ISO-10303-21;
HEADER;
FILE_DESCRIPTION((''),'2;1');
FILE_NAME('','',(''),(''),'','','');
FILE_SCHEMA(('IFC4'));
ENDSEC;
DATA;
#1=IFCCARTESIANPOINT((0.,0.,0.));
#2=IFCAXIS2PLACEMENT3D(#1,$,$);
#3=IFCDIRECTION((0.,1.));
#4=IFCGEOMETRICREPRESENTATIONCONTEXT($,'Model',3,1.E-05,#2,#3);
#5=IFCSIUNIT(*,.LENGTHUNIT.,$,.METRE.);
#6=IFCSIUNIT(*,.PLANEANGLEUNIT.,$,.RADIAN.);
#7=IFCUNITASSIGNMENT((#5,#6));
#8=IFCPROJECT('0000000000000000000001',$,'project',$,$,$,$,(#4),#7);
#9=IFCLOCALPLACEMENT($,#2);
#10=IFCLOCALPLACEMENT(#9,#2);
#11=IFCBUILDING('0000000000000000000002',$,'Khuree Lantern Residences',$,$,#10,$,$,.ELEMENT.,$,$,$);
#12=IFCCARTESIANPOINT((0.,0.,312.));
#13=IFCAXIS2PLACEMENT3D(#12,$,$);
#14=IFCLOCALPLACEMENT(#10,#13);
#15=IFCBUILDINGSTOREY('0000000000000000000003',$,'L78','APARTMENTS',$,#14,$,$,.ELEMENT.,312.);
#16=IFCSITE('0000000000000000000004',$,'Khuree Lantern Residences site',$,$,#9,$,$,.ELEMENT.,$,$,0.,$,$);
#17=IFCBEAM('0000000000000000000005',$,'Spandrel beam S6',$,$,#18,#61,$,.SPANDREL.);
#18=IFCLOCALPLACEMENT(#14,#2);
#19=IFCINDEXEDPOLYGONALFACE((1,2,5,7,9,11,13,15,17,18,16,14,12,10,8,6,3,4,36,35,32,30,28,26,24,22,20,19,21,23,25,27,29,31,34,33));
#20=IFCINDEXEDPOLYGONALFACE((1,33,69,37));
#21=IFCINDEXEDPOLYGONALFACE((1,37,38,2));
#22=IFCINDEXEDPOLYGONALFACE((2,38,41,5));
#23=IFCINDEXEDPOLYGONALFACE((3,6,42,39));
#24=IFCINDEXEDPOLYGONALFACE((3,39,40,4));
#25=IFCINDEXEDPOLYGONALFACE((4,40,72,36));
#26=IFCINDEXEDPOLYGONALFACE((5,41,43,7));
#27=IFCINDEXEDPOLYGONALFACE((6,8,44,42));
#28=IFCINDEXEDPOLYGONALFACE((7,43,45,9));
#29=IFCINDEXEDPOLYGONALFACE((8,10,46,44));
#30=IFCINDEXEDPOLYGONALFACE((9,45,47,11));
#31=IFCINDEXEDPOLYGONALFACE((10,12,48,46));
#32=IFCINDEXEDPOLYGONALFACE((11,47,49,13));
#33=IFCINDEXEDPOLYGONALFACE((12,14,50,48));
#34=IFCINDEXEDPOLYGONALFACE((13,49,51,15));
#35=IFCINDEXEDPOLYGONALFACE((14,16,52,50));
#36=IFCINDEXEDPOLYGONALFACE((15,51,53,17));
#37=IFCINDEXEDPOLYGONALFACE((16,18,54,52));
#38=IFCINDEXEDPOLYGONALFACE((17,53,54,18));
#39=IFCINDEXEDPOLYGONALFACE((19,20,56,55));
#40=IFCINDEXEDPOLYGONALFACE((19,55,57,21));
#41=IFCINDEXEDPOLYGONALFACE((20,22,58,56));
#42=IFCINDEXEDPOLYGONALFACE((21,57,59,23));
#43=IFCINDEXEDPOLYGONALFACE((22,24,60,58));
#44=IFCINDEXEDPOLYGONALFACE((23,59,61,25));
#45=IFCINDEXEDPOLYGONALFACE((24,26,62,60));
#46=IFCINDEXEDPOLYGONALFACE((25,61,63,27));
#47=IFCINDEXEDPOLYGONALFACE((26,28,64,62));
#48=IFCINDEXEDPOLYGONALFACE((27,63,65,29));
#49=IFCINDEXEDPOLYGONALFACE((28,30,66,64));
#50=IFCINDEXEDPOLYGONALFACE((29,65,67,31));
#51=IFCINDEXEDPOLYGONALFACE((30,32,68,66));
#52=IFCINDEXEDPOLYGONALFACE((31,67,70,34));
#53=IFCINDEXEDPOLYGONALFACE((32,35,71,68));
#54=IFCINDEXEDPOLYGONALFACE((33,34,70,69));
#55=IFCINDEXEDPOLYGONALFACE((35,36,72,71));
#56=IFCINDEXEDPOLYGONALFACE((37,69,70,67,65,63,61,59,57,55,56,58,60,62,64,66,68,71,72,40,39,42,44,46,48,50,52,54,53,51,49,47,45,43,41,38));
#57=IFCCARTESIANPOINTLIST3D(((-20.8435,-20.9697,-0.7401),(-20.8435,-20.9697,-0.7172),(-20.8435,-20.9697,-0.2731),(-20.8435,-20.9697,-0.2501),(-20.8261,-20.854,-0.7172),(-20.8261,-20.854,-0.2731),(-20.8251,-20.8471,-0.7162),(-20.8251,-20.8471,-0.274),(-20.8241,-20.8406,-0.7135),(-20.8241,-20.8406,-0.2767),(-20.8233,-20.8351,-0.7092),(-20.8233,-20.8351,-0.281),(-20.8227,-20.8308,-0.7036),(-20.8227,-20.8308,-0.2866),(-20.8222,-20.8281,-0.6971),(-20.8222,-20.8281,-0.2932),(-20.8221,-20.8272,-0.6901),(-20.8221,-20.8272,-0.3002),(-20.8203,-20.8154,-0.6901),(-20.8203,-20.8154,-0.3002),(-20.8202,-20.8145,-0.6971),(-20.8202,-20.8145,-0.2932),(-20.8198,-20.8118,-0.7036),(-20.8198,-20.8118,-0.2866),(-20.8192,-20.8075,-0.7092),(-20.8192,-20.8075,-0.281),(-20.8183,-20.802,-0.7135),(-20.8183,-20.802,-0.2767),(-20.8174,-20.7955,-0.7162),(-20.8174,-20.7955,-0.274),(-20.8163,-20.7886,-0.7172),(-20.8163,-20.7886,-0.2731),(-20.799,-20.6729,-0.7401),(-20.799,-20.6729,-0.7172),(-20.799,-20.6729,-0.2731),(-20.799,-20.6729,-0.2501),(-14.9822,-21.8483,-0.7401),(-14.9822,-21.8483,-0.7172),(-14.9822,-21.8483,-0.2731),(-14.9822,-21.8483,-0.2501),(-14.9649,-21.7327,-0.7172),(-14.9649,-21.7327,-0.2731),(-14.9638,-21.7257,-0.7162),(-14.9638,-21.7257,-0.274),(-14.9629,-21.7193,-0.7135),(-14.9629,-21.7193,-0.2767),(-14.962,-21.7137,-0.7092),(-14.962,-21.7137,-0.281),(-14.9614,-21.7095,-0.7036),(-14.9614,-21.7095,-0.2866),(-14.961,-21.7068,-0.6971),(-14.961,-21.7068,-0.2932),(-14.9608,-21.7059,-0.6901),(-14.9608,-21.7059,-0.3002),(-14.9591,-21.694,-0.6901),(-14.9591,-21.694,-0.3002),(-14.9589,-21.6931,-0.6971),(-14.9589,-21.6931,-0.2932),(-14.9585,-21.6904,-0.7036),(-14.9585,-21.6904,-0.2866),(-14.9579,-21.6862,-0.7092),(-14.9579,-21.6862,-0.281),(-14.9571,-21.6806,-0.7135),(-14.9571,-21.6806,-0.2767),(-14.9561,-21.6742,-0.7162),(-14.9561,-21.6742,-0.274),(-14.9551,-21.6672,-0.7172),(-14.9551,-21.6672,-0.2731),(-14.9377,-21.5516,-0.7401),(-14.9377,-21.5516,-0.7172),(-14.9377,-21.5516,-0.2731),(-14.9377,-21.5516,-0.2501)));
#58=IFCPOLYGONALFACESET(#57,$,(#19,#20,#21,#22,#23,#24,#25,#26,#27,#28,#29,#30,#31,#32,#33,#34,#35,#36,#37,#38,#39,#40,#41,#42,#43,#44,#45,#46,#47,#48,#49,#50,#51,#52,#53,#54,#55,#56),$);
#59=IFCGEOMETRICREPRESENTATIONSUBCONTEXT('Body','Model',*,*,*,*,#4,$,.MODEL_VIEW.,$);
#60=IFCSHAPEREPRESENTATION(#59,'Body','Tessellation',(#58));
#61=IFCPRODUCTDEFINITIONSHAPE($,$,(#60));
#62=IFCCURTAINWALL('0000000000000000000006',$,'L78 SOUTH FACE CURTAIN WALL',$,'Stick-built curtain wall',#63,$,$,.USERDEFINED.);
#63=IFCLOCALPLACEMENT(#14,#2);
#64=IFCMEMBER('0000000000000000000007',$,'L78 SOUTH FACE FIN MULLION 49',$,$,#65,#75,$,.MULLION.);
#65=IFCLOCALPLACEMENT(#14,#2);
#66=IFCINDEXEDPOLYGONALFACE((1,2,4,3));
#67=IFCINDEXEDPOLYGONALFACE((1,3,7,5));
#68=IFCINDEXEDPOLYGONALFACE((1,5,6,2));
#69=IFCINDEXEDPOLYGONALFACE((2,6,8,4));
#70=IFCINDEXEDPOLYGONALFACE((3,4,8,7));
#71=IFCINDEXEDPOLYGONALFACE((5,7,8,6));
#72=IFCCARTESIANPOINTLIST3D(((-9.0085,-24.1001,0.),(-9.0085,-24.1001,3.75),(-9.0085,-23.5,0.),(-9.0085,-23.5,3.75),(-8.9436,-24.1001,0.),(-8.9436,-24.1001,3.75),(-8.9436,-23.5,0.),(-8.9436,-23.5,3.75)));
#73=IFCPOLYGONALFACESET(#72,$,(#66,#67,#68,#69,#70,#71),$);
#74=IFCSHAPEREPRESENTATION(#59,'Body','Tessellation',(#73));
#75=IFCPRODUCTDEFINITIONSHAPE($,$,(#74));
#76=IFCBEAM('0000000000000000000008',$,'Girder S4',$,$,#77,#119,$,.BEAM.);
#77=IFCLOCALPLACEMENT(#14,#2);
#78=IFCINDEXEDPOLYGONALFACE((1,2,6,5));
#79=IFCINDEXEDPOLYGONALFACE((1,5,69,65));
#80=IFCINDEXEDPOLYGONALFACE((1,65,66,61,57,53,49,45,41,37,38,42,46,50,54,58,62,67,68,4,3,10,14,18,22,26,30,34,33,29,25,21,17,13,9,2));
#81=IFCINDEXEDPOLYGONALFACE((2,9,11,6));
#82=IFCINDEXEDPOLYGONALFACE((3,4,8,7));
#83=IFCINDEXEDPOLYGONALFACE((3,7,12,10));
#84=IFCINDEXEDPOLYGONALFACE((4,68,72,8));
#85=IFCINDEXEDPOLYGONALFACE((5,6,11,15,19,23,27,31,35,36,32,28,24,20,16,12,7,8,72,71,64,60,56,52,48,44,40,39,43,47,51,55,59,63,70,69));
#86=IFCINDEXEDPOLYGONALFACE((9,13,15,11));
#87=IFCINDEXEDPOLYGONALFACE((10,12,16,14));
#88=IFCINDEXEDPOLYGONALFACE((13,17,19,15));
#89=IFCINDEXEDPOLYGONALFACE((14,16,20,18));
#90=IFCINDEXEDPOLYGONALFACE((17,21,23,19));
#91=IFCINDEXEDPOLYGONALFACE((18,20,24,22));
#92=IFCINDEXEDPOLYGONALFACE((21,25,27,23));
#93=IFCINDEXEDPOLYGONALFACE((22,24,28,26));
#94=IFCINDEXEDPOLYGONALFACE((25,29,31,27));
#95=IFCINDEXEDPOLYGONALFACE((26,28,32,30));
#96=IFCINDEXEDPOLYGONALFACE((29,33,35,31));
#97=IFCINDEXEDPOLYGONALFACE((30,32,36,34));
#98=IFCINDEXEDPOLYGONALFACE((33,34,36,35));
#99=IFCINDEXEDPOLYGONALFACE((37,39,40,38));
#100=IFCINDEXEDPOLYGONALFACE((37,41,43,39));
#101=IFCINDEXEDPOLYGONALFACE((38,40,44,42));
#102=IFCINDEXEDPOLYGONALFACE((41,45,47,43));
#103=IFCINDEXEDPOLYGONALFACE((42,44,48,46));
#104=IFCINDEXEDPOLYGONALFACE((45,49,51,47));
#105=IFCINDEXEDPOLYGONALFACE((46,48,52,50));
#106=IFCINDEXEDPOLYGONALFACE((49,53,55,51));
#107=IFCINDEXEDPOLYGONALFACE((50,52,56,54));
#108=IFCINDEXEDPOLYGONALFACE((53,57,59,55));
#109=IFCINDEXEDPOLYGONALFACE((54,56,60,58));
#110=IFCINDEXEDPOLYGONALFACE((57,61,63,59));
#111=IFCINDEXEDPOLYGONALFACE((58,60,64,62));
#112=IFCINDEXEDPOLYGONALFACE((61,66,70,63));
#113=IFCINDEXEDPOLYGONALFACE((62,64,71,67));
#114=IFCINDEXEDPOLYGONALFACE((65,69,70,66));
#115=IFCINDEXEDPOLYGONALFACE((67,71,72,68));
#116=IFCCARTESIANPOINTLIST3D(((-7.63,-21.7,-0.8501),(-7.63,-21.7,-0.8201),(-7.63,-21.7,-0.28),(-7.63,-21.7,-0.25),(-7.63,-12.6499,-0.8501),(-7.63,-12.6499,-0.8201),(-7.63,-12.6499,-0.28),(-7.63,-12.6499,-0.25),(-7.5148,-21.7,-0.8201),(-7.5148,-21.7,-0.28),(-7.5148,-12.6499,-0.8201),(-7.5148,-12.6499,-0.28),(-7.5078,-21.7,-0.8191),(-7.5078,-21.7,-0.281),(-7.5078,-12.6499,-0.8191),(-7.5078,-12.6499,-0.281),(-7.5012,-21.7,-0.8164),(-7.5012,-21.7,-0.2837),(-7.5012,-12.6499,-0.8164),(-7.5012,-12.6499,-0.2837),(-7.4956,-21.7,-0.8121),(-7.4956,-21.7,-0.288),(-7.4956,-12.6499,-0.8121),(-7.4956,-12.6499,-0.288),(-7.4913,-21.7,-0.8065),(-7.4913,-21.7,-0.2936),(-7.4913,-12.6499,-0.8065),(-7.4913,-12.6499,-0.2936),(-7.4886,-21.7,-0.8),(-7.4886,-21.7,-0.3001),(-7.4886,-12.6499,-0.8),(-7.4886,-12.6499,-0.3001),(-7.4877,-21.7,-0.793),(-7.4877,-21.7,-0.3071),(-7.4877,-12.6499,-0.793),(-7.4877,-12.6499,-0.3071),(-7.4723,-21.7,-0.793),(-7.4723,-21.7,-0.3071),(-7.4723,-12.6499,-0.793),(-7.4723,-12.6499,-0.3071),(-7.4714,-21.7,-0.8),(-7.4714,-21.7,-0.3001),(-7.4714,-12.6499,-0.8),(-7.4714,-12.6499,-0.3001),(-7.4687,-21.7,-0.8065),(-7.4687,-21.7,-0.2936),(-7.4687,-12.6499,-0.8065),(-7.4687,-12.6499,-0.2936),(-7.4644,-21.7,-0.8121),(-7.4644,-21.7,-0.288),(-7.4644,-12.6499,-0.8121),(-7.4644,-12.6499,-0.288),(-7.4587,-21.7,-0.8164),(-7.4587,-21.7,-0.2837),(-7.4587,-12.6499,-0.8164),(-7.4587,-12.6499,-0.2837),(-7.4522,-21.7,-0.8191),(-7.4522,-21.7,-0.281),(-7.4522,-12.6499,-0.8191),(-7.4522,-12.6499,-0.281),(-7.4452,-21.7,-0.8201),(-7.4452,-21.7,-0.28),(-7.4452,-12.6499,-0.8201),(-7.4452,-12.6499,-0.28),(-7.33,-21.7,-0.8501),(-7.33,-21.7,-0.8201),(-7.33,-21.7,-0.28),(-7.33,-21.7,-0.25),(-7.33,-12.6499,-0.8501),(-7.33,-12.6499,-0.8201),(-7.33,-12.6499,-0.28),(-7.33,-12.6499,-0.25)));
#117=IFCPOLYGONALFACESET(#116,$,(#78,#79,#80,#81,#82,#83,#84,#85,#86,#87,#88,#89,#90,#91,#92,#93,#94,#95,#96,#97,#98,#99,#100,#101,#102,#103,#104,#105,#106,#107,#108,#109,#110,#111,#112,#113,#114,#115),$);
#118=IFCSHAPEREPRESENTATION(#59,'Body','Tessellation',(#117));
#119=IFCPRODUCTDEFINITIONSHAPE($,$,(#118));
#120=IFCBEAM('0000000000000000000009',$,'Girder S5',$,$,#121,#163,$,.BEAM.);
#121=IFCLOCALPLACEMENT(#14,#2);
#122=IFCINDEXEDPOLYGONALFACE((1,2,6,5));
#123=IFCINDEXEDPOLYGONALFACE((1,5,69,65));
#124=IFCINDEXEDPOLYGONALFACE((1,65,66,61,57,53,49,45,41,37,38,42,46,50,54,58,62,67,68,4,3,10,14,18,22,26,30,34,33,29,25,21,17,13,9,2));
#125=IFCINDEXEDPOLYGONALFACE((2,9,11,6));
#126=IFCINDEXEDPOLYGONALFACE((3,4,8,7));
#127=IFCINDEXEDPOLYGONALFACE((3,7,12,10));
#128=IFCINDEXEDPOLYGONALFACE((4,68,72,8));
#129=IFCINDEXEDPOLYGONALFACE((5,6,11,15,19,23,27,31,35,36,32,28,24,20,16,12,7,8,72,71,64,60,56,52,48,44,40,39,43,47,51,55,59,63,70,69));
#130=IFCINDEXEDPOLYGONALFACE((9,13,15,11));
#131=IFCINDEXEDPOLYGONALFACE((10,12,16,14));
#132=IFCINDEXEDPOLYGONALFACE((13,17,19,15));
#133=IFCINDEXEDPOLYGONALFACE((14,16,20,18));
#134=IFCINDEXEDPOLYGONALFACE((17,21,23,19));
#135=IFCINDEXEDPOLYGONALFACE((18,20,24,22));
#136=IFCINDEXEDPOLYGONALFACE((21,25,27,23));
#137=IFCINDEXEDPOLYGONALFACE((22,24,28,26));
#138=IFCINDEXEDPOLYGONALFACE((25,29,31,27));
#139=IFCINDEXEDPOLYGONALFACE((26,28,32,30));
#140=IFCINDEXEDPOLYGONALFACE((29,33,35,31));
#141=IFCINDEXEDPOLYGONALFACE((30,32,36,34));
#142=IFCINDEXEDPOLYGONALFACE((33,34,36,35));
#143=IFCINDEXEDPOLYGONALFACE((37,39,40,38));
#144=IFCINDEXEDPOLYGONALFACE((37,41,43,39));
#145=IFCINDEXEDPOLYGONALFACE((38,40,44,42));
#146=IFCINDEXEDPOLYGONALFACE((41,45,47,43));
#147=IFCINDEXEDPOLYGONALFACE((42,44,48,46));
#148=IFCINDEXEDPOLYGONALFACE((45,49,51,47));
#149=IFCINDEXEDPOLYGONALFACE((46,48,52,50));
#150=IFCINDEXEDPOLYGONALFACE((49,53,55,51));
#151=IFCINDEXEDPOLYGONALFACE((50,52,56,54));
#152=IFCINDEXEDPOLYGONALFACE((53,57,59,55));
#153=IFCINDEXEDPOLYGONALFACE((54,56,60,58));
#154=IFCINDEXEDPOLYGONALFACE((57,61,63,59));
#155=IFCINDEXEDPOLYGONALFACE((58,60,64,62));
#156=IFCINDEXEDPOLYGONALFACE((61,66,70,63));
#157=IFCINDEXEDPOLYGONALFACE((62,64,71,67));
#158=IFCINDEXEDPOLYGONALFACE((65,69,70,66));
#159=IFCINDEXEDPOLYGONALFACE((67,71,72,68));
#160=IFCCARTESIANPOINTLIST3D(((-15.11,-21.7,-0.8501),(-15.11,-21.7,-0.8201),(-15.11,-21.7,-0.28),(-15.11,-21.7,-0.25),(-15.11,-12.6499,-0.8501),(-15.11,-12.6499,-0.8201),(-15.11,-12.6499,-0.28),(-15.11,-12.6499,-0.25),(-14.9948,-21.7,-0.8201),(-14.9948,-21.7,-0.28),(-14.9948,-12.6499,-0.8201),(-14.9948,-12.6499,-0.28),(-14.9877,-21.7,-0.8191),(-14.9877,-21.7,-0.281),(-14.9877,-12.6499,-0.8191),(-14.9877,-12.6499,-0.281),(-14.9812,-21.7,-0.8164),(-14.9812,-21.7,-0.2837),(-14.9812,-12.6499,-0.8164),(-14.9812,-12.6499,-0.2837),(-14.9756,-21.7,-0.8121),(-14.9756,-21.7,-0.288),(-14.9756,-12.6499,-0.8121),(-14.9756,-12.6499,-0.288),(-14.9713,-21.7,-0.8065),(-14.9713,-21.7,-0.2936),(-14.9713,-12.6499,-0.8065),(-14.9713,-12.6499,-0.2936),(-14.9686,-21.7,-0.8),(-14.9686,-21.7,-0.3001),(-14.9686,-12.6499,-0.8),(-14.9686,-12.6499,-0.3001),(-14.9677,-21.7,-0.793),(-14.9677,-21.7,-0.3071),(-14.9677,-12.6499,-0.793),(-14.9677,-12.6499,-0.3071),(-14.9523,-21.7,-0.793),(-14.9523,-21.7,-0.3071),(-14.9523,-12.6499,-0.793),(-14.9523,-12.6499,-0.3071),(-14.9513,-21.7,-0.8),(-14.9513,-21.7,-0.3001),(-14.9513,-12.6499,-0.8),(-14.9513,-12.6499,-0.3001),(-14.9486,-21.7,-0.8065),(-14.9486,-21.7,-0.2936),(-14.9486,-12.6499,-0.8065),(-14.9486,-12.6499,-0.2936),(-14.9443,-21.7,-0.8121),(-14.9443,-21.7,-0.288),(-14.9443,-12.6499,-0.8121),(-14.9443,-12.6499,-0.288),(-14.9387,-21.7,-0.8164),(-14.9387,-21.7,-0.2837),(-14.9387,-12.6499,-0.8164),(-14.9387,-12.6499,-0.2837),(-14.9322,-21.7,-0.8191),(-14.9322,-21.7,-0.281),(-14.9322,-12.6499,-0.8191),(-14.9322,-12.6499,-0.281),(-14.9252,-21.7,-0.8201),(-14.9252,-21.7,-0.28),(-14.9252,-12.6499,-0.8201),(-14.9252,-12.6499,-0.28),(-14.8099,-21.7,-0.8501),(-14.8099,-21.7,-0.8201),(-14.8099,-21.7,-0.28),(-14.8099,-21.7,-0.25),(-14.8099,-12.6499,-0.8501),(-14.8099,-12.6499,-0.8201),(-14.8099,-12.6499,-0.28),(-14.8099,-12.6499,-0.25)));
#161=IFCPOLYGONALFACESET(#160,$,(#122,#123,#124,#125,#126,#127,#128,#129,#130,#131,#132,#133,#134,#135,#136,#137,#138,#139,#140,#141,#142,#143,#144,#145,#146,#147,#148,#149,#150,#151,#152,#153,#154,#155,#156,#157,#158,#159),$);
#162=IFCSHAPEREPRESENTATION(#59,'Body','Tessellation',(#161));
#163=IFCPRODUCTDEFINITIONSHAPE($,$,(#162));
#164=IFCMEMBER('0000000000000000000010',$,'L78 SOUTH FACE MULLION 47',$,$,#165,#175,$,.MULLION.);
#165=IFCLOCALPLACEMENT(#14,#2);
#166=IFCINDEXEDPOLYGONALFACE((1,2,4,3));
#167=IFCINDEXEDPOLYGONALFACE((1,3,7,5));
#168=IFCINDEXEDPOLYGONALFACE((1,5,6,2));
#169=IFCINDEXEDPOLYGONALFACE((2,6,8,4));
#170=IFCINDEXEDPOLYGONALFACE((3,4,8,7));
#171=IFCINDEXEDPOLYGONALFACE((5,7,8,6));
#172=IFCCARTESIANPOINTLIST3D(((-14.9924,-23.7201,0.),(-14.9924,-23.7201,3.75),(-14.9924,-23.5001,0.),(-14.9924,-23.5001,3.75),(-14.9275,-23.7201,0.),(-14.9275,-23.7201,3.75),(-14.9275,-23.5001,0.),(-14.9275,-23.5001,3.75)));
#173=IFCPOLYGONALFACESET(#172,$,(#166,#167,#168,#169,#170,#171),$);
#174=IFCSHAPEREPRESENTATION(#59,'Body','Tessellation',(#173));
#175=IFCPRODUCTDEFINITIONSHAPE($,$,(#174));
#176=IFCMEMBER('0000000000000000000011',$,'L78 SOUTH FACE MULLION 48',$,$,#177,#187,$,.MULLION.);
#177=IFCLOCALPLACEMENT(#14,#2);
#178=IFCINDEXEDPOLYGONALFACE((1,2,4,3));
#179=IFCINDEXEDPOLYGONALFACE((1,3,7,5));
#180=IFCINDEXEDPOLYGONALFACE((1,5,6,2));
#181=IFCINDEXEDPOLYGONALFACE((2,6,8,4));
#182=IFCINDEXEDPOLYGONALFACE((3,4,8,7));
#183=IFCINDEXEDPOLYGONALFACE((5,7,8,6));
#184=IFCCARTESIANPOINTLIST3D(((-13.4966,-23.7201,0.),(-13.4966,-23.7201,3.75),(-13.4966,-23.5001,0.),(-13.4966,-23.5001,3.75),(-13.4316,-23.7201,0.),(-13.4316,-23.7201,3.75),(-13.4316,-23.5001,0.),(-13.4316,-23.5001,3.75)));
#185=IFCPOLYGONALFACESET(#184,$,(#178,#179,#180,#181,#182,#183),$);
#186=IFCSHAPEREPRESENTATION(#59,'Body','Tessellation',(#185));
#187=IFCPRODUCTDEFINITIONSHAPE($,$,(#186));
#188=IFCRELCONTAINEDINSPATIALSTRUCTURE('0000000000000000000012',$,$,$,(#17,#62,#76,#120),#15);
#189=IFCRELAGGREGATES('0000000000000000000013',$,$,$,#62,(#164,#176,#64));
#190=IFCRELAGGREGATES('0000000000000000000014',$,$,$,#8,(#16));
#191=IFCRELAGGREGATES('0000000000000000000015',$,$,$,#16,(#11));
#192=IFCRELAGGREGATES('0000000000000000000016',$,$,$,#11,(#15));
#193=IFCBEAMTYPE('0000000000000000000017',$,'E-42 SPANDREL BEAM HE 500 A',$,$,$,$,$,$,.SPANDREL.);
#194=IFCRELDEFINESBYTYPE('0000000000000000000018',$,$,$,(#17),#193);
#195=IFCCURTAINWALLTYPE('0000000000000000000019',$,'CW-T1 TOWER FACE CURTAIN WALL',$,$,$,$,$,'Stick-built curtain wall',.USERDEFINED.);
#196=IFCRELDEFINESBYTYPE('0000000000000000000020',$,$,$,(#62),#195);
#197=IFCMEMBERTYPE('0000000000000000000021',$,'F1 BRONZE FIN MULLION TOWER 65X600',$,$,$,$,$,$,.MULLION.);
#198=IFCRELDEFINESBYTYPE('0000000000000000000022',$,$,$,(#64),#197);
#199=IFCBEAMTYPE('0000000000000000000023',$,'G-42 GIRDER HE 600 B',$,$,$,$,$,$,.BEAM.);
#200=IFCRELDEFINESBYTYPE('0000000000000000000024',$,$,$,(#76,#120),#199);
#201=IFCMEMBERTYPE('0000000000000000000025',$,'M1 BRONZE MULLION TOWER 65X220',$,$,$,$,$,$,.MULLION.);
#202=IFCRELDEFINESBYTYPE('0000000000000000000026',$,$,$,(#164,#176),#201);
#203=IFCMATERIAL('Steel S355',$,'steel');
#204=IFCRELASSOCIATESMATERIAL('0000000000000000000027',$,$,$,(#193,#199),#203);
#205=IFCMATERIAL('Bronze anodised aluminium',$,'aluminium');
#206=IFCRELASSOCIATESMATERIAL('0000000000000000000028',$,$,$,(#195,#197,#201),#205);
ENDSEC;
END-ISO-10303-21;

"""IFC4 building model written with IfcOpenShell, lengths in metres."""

from ifc_helpers import new_model, si_unit, direction, frame, origin, origin_2d, place, context, subcontext, project, spatial, rectangle, i_section, extrude, material, material_profile, profile_set, type_object, element, aggregate, save


model = new_model("IFC4")

# Units and contexts
model_context = context("Model", 3, precision=1e-05, world=origin(), true_north=direction((0.0, 1.0)))
body_context = subcontext(model_context, "Body", "Model", "MODEL_VIEW")
ifc_project = project(units=[si_unit("LENGTHUNIT", "METRE"), si_unit("PLANEANGLEUNIT", "RADIAN")], contexts=[model_context])

# Site, building, storey
site_placement = place(None, origin())
site = spatial("IfcSite", under=ifc_project, at=site_placement, Name="Khuree Lantern Residences site", CompositionType="ELEMENT", RefElevation=0.0)
building_placement = place(site_placement, origin())
building = spatial("IfcBuilding", under=site, at=building_placement, Name="Khuree Lantern Residences", CompositionType="ELEMENT")
storey_placement = place(building_placement, frame((0.0, 0.0, 312.0)))
storey = spatial("IfcBuildingStorey", under=building, at=storey_placement, Name="L78", Description="APARTMENTS", CompositionType="ELEMENT", Elevation=312.0)

# Beam
ifc_material_1 = material(Name="Steel S355", Category="steel")
ifc_material_profile_1 = material_profile(ifc_material_1, i_section(OverallWidth=0.3, OverallDepth=0.49, WebThickness=0.012, FlangeThickness=0.0229, FilletRadius=0.0271, at=origin_2d()), Name="HE 500 A")
ifc_profile_set_1 = profile_set([ifc_material_profile_1], Name="Steel S355")
beam_type_1 = type_object("IfcBeamType", Name="E-42 SPANDREL BEAM HE 500 A", PredefinedType="SPANDREL", material=ifc_profile_set_1)
beam_1_placement = place(storey_placement, frame((-14.96, -21.7, -0.4951), z_axis=(-0.98895, 0.148252, 0.0), x_axis=(-0.148252, -0.98895, 0.0)))
element("IfcBeam", 1, at=beam_1_placement, inside=storey, type_object=beam_type_1, Name="Spandrel beam S6", PredefinedType="SPANDREL", context=body_context, shape_type="SweptSolid", body=[
    extrude(i_section(OverallWidth=0.3, OverallDepth=0.49, WebThickness=0.012, FlangeThickness=0.0229, FilletRadius=0.0271, at=origin_2d()), origin(), (0.0, 0.0, 1.0), 5.9268),
])

# Curtain wall, member
ifc_material_2 = material(Name="Bronze anodised aluminium", Category="aluminium")
curtain_wall_type = type_object("IfcCurtainWallType", Name="CW-T1 TOWER FACE CURTAIN WALL", ElementType="Stick-built curtain wall", PredefinedType="USERDEFINED", material=ifc_material_2)
curtain_wall_placement = place(storey_placement, origin())
curtain_wall = element("IfcCurtainWall", 2, at=curtain_wall_placement, inside=storey, type_object=curtain_wall_type, Name="L78 SOUTH FACE CURTAIN WALL", ObjectType="Stick-built curtain wall", PredefinedType="USERDEFINED")
ifc_material_profile_2 = material_profile(ifc_material_2, rectangle(XDim=0.0649, YDim=0.6001, at=origin_2d()), Name="F1 65X600")
ifc_profile_set_2 = profile_set([ifc_material_profile_2], Name="Bronze anodised aluminium")
member_type_1 = type_object("IfcMemberType", Name="F1 BRONZE FIN MULLION TOWER 65X600", PredefinedType="MULLION", material=ifc_profile_set_2)
member_1_placement = place(storey_placement, frame((-8.9761, -23.8, 0.0), z_axis=(0.0, 0.0, 1.0), x_axis=(1.0, 0.0, 0.0)))
member_1 = element("IfcMember", 3, at=member_1_placement, type_object=member_type_1, Name="L78 SOUTH FACE FIN MULLION 49", PredefinedType="MULLION", context=body_context, shape_type="SweptSolid", body=[
    extrude(rectangle(XDim=0.0649, YDim=0.6001, at=origin_2d()), origin(), (0.0, 0.0, 1.0), 3.75),
])

# Beams
ifc_material_profile_3 = material_profile(ifc_material_1, i_section(OverallWidth=0.3, OverallDepth=0.6001, WebThickness=0.0154, FlangeThickness=0.03, FilletRadius=0.0271, at=origin_2d()), Name="HE 600 B")
ifc_profile_set_3 = profile_set([ifc_material_profile_3], Name="Steel S355")
beam_type_2 = type_object("IfcBeamType", Name="G-42 GIRDER HE 600 B", PredefinedType="BEAM", material=ifc_profile_set_3)
for number, where, z_axis, x_axis, name in (
    (4, (-7.48, -21.7, -0.55), (0.0, 1.0, 0.0), (-1.0, 0.0, 0.0), "Girder S4"),
    (5, (-14.96, -21.7, -0.55), (0.0, 1.0, 0.0), (-1.0, 0.0, 0.0), "Girder S5"),
):
    element("IfcBeam", number, at=place(storey_placement, frame(where, z_axis=z_axis, x_axis=x_axis)), inside=storey, type_object=beam_type_2, Name=name, PredefinedType="BEAM", context=body_context, shape_type="SweptSolid", body=[
        extrude(i_section(OverallWidth=0.3, OverallDepth=0.6001, WebThickness=0.0154, FlangeThickness=0.03, FilletRadius=0.0271, at=origin_2d()), origin(), (0.0, 0.0, 1.0), 9.05),
    ])

# Members
ifc_material_profile_4 = material_profile(ifc_material_2, rectangle(XDim=0.0649, YDim=0.22, at=origin_2d()), Name="M1 65X220")
ifc_profile_set_4 = profile_set([ifc_material_profile_4], Name="Bronze anodised aluminium")
member_type_2 = type_object("IfcMemberType", Name="M1 BRONZE MULLION TOWER 65X220", PredefinedType="MULLION", material=ifc_profile_set_4)
member_2_placement = place(storey_placement, frame((-14.96, -23.6101, 0.0), z_axis=(0.0, 0.0, 1.0), x_axis=(1.0, 0.0, 0.0)))
member_2 = element("IfcMember", 6, at=member_2_placement, type_object=member_type_2, Name="L78 SOUTH FACE MULLION 47", PredefinedType="MULLION", context=body_context, shape_type="SweptSolid", body=[
    extrude(rectangle(XDim=0.0649, YDim=0.22, at=origin_2d()), origin(), (0.0, 0.0, 1.0), 3.75),
])
member_3_placement = place(storey_placement, frame((-13.4641, -23.6101, 0.0), z_axis=(0.0, 0.0, 1.0), x_axis=(1.0, 0.0, 0.0)))
member_3 = element("IfcMember", 7, at=member_3_placement, type_object=member_type_2, Name="L78 SOUTH FACE MULLION 48", PredefinedType="MULLION", context=body_context, shape_type="SweptSolid", body=[
    extrude(rectangle(XDim=0.0649, YDim=0.22, at=origin_2d()), origin(), (0.0, 0.0, 1.0), 3.75),
])

aggregate(curtain_wall, [member_2, member_3, member_1])

save(model, "model.ifc")
